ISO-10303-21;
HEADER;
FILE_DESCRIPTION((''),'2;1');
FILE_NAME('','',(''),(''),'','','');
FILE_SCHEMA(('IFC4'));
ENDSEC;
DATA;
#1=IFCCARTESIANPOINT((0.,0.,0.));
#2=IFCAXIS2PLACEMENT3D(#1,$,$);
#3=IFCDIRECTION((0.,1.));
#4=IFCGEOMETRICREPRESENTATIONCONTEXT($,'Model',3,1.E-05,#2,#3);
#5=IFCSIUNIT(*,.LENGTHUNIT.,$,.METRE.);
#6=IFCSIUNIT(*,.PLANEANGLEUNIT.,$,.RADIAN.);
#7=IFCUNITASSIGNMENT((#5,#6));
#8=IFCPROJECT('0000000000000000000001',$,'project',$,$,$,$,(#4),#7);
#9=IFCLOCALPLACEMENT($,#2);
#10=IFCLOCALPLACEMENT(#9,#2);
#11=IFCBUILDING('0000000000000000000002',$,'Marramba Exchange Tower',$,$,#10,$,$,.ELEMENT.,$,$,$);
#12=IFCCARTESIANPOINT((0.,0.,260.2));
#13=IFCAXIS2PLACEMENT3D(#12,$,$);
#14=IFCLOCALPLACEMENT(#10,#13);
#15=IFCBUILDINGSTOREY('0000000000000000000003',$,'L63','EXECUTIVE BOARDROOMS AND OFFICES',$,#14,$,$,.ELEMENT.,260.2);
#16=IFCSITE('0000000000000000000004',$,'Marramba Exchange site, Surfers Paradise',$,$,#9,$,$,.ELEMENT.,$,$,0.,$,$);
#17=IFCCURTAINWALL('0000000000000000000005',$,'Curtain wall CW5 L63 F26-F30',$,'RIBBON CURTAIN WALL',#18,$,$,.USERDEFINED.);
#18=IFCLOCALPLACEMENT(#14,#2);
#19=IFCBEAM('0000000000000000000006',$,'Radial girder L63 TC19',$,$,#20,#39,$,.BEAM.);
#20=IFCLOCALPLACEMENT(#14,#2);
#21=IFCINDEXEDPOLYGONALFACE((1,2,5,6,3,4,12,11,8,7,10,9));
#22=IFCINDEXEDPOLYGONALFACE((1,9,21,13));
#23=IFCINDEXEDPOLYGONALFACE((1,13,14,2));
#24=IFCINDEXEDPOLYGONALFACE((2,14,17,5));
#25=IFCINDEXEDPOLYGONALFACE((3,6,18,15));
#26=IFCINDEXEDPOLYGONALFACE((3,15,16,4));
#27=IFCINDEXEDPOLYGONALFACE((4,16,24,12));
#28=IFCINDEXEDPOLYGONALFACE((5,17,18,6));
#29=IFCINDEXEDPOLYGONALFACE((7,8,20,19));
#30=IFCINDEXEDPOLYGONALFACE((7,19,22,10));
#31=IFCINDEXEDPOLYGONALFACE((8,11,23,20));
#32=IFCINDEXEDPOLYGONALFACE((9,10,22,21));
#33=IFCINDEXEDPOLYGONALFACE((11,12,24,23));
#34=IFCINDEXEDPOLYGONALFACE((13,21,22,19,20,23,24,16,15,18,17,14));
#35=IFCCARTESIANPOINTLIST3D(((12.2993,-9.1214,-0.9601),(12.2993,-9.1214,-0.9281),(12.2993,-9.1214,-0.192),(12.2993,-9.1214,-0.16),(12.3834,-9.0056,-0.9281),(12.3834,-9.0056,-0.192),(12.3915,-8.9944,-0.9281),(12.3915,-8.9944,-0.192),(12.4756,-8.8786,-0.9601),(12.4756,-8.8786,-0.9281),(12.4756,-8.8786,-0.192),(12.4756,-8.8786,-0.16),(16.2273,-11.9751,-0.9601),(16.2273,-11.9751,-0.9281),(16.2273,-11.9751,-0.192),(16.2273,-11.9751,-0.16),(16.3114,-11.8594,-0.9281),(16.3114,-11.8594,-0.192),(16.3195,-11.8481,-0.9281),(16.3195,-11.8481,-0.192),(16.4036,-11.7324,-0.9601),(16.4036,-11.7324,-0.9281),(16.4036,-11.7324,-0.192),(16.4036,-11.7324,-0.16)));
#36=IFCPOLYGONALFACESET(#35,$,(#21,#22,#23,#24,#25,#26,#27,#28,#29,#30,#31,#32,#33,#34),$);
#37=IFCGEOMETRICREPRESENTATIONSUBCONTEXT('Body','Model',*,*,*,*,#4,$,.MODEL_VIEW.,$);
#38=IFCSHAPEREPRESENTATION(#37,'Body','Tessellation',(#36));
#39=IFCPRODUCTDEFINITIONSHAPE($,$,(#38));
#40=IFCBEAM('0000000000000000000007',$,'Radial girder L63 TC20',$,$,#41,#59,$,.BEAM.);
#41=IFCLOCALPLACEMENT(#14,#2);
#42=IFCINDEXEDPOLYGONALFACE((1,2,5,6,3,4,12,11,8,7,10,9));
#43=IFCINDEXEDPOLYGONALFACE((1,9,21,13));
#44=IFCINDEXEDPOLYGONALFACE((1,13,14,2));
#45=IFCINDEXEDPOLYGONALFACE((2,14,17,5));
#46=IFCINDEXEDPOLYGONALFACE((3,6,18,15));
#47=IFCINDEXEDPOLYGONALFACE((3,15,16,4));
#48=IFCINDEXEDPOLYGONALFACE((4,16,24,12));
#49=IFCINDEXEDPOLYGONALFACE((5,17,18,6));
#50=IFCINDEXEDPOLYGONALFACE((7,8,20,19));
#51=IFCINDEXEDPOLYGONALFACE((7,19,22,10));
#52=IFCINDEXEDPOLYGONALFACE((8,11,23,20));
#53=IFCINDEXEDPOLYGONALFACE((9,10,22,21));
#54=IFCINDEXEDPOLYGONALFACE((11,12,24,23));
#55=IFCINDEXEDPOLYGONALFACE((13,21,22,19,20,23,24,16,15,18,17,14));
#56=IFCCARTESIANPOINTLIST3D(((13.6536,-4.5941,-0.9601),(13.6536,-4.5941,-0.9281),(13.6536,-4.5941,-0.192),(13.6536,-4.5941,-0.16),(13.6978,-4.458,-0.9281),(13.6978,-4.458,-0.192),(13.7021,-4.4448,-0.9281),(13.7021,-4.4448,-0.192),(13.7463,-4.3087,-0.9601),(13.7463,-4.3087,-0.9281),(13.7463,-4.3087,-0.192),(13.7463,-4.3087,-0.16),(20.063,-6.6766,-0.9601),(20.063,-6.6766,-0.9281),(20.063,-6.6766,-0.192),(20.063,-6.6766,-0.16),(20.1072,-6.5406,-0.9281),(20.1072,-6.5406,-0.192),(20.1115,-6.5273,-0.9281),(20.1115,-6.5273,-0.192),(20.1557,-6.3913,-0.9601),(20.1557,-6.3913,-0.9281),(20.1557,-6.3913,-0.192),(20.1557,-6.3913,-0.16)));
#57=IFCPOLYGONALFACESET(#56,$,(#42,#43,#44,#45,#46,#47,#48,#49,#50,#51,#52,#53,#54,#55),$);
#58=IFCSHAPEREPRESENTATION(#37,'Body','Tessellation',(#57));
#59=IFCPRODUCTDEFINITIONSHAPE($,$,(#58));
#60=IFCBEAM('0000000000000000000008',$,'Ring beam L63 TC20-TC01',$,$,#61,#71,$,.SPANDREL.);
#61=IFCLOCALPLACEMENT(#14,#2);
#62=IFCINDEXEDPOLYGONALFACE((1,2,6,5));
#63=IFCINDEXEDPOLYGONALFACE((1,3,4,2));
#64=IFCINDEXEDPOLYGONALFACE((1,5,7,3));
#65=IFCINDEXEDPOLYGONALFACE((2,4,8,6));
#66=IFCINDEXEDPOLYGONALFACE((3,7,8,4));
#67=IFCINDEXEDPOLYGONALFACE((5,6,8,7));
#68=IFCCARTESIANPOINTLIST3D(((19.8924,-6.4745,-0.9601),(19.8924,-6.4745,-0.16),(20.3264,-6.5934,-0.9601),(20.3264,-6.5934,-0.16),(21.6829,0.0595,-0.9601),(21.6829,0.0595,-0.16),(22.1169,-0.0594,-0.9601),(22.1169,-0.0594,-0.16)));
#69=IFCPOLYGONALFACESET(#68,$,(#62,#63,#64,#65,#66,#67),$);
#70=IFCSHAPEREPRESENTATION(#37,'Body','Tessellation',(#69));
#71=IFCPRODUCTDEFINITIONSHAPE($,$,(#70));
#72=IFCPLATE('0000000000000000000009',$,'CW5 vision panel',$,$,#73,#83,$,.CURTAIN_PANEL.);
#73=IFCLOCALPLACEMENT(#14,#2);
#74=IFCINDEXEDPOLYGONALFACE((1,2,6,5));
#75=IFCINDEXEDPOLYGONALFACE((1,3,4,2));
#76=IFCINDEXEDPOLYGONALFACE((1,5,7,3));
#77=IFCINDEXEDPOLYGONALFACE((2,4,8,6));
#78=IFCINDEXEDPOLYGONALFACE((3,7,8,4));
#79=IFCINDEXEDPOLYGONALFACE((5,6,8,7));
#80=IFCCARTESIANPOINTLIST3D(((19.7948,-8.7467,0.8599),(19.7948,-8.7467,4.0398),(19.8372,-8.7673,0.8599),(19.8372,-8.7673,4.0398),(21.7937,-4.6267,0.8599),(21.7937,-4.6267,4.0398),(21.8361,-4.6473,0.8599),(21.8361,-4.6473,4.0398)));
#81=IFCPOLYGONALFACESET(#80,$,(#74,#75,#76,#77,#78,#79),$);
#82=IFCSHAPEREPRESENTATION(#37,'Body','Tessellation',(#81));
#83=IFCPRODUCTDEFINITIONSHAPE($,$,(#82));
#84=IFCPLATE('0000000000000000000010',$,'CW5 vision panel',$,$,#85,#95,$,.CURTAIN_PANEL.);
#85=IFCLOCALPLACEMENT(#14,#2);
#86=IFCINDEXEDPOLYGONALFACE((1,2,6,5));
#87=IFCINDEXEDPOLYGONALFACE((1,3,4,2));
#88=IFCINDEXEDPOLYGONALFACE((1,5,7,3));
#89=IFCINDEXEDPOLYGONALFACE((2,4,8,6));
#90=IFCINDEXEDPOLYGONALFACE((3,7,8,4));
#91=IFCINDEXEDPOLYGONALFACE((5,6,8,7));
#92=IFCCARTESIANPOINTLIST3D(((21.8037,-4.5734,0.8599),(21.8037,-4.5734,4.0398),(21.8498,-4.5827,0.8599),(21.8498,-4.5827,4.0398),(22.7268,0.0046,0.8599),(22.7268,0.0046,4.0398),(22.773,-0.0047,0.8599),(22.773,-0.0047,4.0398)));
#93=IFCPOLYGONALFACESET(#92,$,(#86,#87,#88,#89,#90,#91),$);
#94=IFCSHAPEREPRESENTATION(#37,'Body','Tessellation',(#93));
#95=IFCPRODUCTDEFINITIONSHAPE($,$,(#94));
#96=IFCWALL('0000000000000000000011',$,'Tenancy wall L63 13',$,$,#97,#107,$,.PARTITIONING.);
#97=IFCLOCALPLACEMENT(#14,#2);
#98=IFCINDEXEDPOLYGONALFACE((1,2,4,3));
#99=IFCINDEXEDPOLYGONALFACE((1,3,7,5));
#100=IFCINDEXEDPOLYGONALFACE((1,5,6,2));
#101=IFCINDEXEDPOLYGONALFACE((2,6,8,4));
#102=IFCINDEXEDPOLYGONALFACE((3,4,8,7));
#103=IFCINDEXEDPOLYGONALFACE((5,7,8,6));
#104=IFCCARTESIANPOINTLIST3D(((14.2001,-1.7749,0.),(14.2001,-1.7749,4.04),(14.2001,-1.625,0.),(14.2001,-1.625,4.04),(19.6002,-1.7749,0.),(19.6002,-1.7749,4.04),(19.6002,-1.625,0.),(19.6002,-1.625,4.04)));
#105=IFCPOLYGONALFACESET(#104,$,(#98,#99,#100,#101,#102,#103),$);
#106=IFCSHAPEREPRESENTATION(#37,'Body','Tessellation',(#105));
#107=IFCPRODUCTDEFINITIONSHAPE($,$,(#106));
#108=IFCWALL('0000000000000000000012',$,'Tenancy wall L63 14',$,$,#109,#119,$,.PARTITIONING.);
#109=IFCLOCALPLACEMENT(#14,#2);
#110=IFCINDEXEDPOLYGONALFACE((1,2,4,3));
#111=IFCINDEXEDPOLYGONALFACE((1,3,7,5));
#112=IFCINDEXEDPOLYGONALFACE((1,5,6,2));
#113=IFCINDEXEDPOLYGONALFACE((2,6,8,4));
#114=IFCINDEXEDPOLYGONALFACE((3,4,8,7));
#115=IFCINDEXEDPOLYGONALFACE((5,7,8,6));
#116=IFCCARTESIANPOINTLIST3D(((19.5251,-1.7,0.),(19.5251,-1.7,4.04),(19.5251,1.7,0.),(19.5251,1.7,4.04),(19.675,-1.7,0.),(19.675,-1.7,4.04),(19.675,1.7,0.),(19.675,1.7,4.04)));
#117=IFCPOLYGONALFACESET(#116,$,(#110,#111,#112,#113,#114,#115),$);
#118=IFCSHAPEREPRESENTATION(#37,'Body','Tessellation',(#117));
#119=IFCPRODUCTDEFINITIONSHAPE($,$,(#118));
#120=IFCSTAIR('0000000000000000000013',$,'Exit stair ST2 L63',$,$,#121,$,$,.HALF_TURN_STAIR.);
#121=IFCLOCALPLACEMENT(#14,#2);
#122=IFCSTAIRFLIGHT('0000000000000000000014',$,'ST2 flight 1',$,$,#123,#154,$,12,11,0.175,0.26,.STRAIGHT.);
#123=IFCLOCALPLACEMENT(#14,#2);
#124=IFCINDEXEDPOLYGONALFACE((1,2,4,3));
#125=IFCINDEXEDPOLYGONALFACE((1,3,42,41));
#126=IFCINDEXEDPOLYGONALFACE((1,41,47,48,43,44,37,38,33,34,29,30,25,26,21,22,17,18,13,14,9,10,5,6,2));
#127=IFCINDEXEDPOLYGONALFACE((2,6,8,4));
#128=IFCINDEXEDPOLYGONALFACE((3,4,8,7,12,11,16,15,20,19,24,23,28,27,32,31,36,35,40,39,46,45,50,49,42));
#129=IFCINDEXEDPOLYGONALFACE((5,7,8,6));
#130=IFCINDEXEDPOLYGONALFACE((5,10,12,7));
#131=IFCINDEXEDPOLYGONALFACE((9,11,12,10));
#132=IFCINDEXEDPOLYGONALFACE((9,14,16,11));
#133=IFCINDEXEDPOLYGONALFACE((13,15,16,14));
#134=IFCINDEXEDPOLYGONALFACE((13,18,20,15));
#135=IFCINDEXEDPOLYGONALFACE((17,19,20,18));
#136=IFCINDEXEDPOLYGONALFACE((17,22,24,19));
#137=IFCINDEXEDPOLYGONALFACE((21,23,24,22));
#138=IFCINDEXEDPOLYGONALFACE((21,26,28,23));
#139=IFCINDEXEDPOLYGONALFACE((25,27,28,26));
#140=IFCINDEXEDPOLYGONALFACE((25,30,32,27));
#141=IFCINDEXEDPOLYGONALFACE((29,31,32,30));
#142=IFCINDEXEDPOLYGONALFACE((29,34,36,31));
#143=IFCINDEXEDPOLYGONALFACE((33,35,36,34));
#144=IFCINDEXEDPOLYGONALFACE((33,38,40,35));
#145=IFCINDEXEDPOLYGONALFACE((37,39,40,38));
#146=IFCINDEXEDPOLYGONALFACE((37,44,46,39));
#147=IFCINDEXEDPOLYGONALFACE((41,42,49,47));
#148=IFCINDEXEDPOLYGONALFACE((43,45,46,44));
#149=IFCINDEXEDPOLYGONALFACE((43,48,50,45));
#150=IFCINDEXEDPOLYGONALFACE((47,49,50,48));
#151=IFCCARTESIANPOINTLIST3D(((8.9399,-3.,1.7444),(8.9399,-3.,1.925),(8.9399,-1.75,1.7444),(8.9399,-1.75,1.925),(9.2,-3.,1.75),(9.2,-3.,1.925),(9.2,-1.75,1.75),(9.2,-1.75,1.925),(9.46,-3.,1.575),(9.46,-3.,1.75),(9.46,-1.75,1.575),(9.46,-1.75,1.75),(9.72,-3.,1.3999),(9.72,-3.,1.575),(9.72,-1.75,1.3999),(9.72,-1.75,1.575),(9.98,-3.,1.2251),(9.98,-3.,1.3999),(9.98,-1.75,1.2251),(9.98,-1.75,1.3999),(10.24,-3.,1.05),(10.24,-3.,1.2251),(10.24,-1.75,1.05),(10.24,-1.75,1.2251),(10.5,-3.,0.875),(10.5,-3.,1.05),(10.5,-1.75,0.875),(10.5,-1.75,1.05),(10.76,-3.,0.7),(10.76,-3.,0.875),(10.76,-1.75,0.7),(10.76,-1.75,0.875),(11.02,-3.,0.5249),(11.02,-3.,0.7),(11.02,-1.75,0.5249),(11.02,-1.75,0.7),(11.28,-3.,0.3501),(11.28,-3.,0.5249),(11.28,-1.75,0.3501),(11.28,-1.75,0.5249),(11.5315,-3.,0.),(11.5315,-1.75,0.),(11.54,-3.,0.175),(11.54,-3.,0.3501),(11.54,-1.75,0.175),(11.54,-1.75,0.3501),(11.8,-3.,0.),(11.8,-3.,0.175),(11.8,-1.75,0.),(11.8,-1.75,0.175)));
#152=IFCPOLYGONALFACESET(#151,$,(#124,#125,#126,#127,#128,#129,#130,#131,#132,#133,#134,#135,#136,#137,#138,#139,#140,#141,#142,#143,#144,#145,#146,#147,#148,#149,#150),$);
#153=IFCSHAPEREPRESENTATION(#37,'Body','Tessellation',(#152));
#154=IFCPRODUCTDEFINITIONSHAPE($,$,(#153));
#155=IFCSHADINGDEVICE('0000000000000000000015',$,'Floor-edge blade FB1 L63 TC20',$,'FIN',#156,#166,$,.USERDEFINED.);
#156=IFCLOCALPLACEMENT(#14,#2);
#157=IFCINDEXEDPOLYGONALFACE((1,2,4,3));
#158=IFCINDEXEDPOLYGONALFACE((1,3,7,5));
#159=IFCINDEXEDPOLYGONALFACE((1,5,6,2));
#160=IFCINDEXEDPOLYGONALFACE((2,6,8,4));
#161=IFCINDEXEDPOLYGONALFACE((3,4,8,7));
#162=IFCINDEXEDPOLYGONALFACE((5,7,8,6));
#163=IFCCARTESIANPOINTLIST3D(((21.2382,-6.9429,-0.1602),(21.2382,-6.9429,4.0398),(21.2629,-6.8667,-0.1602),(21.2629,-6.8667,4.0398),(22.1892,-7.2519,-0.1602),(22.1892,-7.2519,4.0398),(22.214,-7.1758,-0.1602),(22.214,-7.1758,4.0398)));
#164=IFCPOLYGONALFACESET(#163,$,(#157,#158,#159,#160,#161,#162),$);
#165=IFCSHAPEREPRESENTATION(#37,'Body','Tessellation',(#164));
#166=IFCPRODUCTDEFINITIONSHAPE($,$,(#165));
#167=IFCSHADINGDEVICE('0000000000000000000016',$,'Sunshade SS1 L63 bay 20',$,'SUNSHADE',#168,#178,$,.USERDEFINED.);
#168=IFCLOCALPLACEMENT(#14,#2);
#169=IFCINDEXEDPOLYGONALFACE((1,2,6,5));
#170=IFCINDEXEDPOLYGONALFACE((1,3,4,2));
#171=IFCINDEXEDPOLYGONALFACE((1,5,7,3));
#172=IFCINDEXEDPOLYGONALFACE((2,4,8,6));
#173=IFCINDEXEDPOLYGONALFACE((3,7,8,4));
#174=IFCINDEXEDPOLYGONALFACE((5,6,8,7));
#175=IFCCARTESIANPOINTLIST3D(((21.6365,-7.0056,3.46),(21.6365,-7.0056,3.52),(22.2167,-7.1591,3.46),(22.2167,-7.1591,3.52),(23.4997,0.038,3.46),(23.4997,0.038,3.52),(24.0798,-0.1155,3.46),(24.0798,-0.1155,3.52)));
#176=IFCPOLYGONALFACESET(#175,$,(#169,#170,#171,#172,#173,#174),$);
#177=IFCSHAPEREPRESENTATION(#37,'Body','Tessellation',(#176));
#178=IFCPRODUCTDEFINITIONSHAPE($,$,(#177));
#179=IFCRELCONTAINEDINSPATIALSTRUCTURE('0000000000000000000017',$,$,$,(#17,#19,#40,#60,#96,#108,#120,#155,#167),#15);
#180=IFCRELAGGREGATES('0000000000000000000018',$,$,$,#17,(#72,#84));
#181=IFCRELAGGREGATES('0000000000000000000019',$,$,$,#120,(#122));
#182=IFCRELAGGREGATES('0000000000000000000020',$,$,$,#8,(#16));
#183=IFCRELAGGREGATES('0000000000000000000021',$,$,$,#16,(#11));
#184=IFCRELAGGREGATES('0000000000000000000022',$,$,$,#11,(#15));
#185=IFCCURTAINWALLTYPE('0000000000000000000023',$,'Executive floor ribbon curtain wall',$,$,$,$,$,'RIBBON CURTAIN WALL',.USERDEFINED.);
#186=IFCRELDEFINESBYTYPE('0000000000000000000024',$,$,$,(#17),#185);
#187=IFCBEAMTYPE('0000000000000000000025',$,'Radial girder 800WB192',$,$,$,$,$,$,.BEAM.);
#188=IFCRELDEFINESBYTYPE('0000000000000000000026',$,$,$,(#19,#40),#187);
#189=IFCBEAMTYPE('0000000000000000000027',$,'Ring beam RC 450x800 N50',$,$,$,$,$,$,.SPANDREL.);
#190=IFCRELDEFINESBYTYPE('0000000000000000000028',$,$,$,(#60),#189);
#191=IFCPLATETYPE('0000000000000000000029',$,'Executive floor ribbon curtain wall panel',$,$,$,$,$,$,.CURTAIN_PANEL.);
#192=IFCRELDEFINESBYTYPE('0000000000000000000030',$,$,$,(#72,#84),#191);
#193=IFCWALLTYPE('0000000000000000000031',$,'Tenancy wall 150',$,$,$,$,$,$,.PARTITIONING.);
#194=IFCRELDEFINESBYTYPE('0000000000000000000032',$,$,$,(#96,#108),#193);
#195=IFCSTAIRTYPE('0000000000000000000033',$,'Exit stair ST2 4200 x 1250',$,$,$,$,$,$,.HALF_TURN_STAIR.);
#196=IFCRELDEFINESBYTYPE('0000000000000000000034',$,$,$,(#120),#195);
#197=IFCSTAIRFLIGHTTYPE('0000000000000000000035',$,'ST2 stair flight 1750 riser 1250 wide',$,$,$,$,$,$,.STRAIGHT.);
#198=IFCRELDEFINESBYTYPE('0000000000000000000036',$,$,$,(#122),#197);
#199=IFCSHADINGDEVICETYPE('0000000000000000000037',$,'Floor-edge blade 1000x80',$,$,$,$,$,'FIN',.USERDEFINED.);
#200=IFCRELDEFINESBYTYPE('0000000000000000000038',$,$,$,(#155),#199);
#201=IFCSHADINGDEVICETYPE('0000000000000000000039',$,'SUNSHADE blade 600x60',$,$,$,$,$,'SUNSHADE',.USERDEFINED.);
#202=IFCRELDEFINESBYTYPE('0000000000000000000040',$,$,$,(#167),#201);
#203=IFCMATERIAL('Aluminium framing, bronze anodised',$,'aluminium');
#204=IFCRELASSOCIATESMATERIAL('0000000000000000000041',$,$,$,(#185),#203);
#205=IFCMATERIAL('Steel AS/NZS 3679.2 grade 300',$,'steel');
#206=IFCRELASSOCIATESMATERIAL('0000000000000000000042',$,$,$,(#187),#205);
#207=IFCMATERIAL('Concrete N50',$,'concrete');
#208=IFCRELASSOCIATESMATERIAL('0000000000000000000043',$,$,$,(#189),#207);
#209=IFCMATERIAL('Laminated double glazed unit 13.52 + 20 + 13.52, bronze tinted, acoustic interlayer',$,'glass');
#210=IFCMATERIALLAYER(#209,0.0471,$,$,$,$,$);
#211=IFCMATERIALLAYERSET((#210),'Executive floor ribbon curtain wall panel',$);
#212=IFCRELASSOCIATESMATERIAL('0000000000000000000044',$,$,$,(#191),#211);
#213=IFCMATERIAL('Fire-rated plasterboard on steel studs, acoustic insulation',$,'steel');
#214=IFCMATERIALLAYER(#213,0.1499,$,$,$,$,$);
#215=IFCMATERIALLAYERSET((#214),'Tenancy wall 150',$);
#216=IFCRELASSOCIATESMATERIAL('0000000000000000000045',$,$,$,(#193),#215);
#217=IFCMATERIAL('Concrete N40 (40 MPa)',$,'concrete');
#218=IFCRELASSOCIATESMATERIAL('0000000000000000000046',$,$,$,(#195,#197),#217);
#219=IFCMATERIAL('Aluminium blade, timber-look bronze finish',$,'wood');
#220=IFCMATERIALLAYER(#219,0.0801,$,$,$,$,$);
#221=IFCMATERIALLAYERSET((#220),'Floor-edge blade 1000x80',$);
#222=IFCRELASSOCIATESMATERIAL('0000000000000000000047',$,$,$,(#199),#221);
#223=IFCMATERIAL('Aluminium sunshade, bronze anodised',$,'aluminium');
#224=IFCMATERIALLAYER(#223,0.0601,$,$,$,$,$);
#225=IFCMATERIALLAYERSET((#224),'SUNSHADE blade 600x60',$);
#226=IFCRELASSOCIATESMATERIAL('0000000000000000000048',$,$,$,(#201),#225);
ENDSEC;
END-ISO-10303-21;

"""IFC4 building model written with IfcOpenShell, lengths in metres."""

from ifc_helpers import new_model, si_unit, direction, frame, frame_2d, origin, origin_2d, place, context, subcontext, project, spatial, polyline, rectangle, i_section, outline, extrude, material, layer, layer_set, material_profile, profile_set, type_object, element, aggregate, save


model = new_model("IFC4")

# Units and contexts
model_context = context("Model", 3, precision=1e-05, world=origin(), true_north=direction((0.0, 1.0)))
body_context = subcontext(model_context, "Body", "Model", "MODEL_VIEW")
ifc_project = project(units=[si_unit("LENGTHUNIT", "METRE"), si_unit("PLANEANGLEUNIT", "RADIAN")], contexts=[model_context])

# Site, building, storey
site_placement = place(None, origin())
site = spatial("IfcSite", under=ifc_project, at=site_placement, Name="Marramba Exchange site, Surfers Paradise", CompositionType="ELEMENT", RefElevation=0.0)
building_placement = place(site_placement, origin())
building = spatial("IfcBuilding", under=site, at=building_placement, Name="Marramba Exchange Tower", CompositionType="ELEMENT")
storey_placement = place(building_placement, frame((0.0, 0.0, 260.2)))
storey = spatial("IfcBuildingStorey", under=building, at=storey_placement, Name="L63", Description="EXECUTIVE BOARDROOMS AND OFFICES", CompositionType="ELEMENT", Elevation=260.2)

# Shared definitions
ifc_material_1 = material(Name="Concrete N50", Category="concrete")

# Curtain wall
ifc_material_2 = material(Name="Aluminium framing, bronze anodised", Category="aluminium")
curtain_wall_type = type_object("IfcCurtainWallType", Name="Executive floor ribbon curtain wall", ElementType="RIBBON CURTAIN WALL", PredefinedType="USERDEFINED", material=ifc_material_2)
curtain_wall_placement = place(storey_placement, origin())
curtain_wall = element("IfcCurtainWall", 1, at=curtain_wall_placement, inside=storey, type_object=curtain_wall_type, Name="Curtain wall CW5 L63 F26-F30", ObjectType="RIBBON CURTAIN WALL", PredefinedType="USERDEFINED")

# Beams
ifc_material_3 = material(Name="Steel AS/NZS 3679.2 grade 300", Category="steel")
ifc_material_profile_1 = material_profile(ifc_material_3, i_section(OverallWidth=0.3, OverallDepth=0.8, WebThickness=0.0139, FlangeThickness=0.032, at=origin_2d()), Name="800WB192")
ifc_profile_set_1 = profile_set([ifc_material_profile_1], Name="Steel AS/NZS 3679.2 grade 300")
beam_type_1 = type_object("IfcBeamType", Name="Radial girder 800WB192", PredefinedType="BEAM", material=ifc_profile_set_1)
beam_1_placement = place(storey_placement, frame((12.3875, -9.0, -0.5601), z_axis=(0.809025, -0.587774, 0.0), x_axis=(0.587774, 0.809025, 0.0)))
element("IfcBeam", 2, at=beam_1_placement, inside=storey, type_object=beam_type_1, Name="Radial girder L63 TC19", PredefinedType="BEAM", context=body_context, shape_type="SweptSolid", body=[
    extrude(i_section(OverallWidth=0.3, OverallDepth=0.8, WebThickness=0.0139, FlangeThickness=0.032, at=origin_2d()), origin(), (0.0, 0.0, 1.0), 4.8552),
])
beam_2_placement = place(storey_placement, frame((13.7, -4.4514, -0.5601), z_axis=(0.951058, -0.309013, 0.0), x_axis=(0.309013, 0.951058, 0.0)))
element("IfcBeam", 3, at=beam_2_placement, inside=storey, type_object=beam_type_1, Name="Radial girder L63 TC20", PredefinedType="BEAM", context=body_context, shape_type="SweptSolid", body=[
    extrude(i_section(OverallWidth=0.3, OverallDepth=0.8, WebThickness=0.0139, FlangeThickness=0.032, at=origin_2d()), origin(), (0.0, 0.0, 1.0), 6.7393),
])
ifc_material_profile_2 = material_profile(ifc_material_1, rectangle(XDim=0.45, YDim=0.8, at=origin_2d()), Name="RC 450x800")
ifc_profile_set_2 = profile_set([ifc_material_profile_2], Name="Concrete N50")
beam_type_2 = type_object("IfcBeamType", Name="Ring beam RC 450x800 N50", PredefinedType="SPANDREL", material=ifc_profile_set_2)
beam_3_placement = place(storey_placement, frame((20.1094, -6.5339, -0.5601), z_axis=(0.264291, 0.964443, 0.0), x_axis=(-0.964443, 0.264291, 0.0)))
element("IfcBeam", 4, at=beam_3_placement, inside=storey, type_object=beam_type_2, Name="Ring beam L63 TC20-TC01", PredefinedType="SPANDREL", context=body_context, shape_type="SweptSolid", body=[
    extrude(rectangle(XDim=0.45, YDim=0.8, at=origin_2d()), origin(), (0.0, 0.0, 1.0), 6.7749),
])

# Plates
ifc_material_4 = material(Name="Laminated double glazed unit 13.52 + 20 + 13.52, bronze tinted, acoustic interlayer", Category="glass")
ifc_layer_1 = layer(ifc_material_4, 0.0471)
ifc_layer_set_1 = layer_set([ifc_layer_1], Name="Executive floor ribbon curtain wall panel")
plate_type = type_object("IfcPlateType", Name="Executive floor ribbon curtain wall panel", PredefinedType="CURTAIN_PANEL", material=ifc_layer_set_1)
plate_1_placement = place(storey_placement, frame((20.8154, -6.697, 0.8599), z_axis=(0.0, 0.0, 1.0), x_axis=(0.436515, 0.899697, 0.0)))
plate_1 = element("IfcPlate", 5, at=plate_1_placement, type_object=plate_type, Name="CW5 vision panel", PredefinedType="CURTAIN_PANEL", context=body_context, shape_type="SweptSolid", body=[
    extrude(rectangle(XDim=4.5793, YDim=0.0471, at=origin_2d()), origin(), (0.0, 0.0, 1.0), 3.1799),
])
plate_2_placement = place(storey_placement, frame((22.2883, -2.2891, 0.8599), z_axis=(0.0, 0.0, 1.0), x_axis=(0.197671, 0.980269, 0.0)))
plate_2 = element("IfcPlate", 6, at=plate_2_placement, type_object=plate_type, Name="CW5 vision panel", PredefinedType="CURTAIN_PANEL", context=body_context, shape_type="SweptSolid", body=[
    extrude(rectangle(XDim=4.6702, YDim=0.0471, at=origin_2d()), origin(), (0.0, 0.0, 1.0), 3.1799),
])
aggregate(curtain_wall, [plate_1, plate_2])

# Walls
ifc_material_5 = material(Name="Fire-rated plasterboard on steel studs, acoustic insulation", Category="steel")
ifc_layer_2 = layer(ifc_material_5, 0.1499)
ifc_layer_set_2 = layer_set([ifc_layer_2], Name="Tenancy wall 150")
wall_type_1 = type_object("IfcWallType", Name="Tenancy wall 150", PredefinedType="PARTITIONING", material=ifc_layer_set_2)
wall_1_placement = place(storey_placement, frame((14.2, -1.7, 0.0), z_axis=(0.0, 0.0, 1.0), x_axis=(1.0, 0.0, 0.0)))
element("IfcWall", 7, at=wall_1_placement, inside=storey, type_object=wall_type_1, Name="Tenancy wall L63 13", PredefinedType="PARTITIONING", context=body_context, shape_type="SweptSolid", body=[
    extrude(rectangle(XDim=5.4001, YDim=0.1499, at=frame_2d((2.7002, 0.0))), origin(), (0.0, 0.0, 1.0), 4.04),
])
wall_2_placement = place(storey_placement, frame((19.6001, -1.7, 0.0), z_axis=(0.0, 0.0, 1.0), x_axis=(0.0, 1.0, 0.0)))
element("IfcWall", 8, at=wall_2_placement, inside=storey, type_object=wall_type_1, Name="Tenancy wall L63 14", PredefinedType="PARTITIONING", context=body_context, shape_type="SweptSolid", body=[
    extrude(rectangle(XDim=3.3999, YDim=0.1499, at=frame_2d((1.7, 0.0))), origin(), (0.0, 0.0, 1.0), 4.04),
])

# Stair, stair flight
ifc_material_6 = material(Name="Concrete N40 (40 MPa)", Category="concrete")
stair_type = type_object("IfcStairType", Name="Exit stair ST2 4200 x 1250", PredefinedType="HALF_TURN_STAIR", material=ifc_material_6)
stair_placement = place(storey_placement, origin())
stair = element("IfcStair", 9, at=stair_placement, inside=storey, type_object=stair_type, Name="Exit stair ST2 L63", PredefinedType="HALF_TURN_STAIR")
stair_flight_type = type_object("IfcStairFlightType", Name="ST2 stair flight 1750 riser 1250 wide", PredefinedType="STRAIGHT", material=ifc_material_6)
stair_flight_placement = place(storey_placement, frame((11.8, -2.375, 0.0), z_axis=(0.0, 0.0, 1.0), x_axis=(-1.0, 0.0, 0.0)))
stair_flight = element("IfcStairFlight", 10, at=stair_flight_placement, type_object=stair_flight_type, Name="ST2 flight 1", NumberOfRisers=12, NumberOfTreads=11, PredefinedType="STRAIGHT", RiserHeight=0.175, TreadLength=0.26, context=body_context, shape_type="SweptSolid", body=[
    extrude(outline(polyline([(0.0, 0.0), (0.0, 0.175), (0.26, 0.175), (0.26, 0.3501), (0.52, 0.3501), (0.52, 0.5249), (0.78, 0.5249), (0.78, 0.7), (1.04, 0.7), (1.04, 0.875), (1.3, 0.875), (1.3, 1.05), (1.5601, 1.05), (1.5601, 1.2251), (1.8201, 1.2251), (1.8201, 1.3999), (2.0801, 1.3999), (2.0801, 1.575), (2.3401, 1.575), (2.3401, 1.75), (2.6001, 1.75), (2.6001, 1.925), (2.8601, 1.925), (2.8601, 2.1001), (2.8601, 1.7444), (0.2686, 0.0), (0.0, 0.0)])), frame((0.0, 0.625, 0.0), z_axis=(0.0, -1.0, 0.0), x_axis=(1.0, 0.0, 0.0)), (0.0, 0.0, 1.0), 1.25),
])
aggregate(stair, [stair_flight])

# Shading devices
ifc_material_7 = material(Name="Aluminium blade, timber-look bronze finish", Category="wood")
ifc_layer_3 = layer(ifc_material_7, 0.0801)
ifc_layer_set_3 = layer_set([ifc_layer_3], Name="Floor-edge blade 1000x80")
shading_device_type_1 = type_object("IfcShadingDeviceType", Name="Floor-edge blade 1000x80", ElementType="FIN", PredefinedType="USERDEFINED", material=ifc_layer_set_3)
shading_device_1_placement = place(storey_placement, frame((21.7261, -7.0593, -0.1602), z_axis=(0.0, 0.0, 1.0), x_axis=(0.951057, -0.309017, 0.0)))
element("IfcShadingDevice", 11, at=shading_device_1_placement, inside=storey, type_object=shading_device_type_1, Name="Floor-edge blade FB1 L63 TC20", ObjectType="FIN", PredefinedType="USERDEFINED", context=body_context, shape_type="SweptSolid", body=[
    extrude(rectangle(XDim=1.0, YDim=0.0801, at=origin_2d()), origin(), (0.0, 0.0, 1.0), 4.2),
])
ifc_material_8 = material(Name="Aluminium sunshade, bronze anodised", Category="aluminium")
ifc_layer_4 = layer(ifc_material_8, 0.0601)
ifc_layer_set_4 = layer_set([ifc_layer_4], Name="SUNSHADE blade 600x60")
shading_device_type_2 = type_object("IfcShadingDeviceType", Name="SUNSHADE blade 600x60", ElementType="SUNSHADE", PredefinedType="USERDEFINED", material=ifc_layer_set_4)
shading_device_2_placement = place(storey_placement, frame((22.8582, -3.5605, 3.46), z_axis=(0.0, 0.0, 1.0), x_axis=(0.255719, 0.966751, 0.0)))
element("IfcShadingDevice", 12, at=shading_device_2_placement, inside=storey, type_object=shading_device_type_2, Name="Sunshade SS1 L63 bay 20", ObjectType="SUNSHADE", PredefinedType="USERDEFINED", context=body_context, shape_type="SweptSolid", body=[
    extrude(rectangle(XDim=7.2859, YDim=0.6001, at=origin_2d()), origin(), (0.0, 0.0, 1.0), 0.0601),
])

save(model, "model.ifc")
